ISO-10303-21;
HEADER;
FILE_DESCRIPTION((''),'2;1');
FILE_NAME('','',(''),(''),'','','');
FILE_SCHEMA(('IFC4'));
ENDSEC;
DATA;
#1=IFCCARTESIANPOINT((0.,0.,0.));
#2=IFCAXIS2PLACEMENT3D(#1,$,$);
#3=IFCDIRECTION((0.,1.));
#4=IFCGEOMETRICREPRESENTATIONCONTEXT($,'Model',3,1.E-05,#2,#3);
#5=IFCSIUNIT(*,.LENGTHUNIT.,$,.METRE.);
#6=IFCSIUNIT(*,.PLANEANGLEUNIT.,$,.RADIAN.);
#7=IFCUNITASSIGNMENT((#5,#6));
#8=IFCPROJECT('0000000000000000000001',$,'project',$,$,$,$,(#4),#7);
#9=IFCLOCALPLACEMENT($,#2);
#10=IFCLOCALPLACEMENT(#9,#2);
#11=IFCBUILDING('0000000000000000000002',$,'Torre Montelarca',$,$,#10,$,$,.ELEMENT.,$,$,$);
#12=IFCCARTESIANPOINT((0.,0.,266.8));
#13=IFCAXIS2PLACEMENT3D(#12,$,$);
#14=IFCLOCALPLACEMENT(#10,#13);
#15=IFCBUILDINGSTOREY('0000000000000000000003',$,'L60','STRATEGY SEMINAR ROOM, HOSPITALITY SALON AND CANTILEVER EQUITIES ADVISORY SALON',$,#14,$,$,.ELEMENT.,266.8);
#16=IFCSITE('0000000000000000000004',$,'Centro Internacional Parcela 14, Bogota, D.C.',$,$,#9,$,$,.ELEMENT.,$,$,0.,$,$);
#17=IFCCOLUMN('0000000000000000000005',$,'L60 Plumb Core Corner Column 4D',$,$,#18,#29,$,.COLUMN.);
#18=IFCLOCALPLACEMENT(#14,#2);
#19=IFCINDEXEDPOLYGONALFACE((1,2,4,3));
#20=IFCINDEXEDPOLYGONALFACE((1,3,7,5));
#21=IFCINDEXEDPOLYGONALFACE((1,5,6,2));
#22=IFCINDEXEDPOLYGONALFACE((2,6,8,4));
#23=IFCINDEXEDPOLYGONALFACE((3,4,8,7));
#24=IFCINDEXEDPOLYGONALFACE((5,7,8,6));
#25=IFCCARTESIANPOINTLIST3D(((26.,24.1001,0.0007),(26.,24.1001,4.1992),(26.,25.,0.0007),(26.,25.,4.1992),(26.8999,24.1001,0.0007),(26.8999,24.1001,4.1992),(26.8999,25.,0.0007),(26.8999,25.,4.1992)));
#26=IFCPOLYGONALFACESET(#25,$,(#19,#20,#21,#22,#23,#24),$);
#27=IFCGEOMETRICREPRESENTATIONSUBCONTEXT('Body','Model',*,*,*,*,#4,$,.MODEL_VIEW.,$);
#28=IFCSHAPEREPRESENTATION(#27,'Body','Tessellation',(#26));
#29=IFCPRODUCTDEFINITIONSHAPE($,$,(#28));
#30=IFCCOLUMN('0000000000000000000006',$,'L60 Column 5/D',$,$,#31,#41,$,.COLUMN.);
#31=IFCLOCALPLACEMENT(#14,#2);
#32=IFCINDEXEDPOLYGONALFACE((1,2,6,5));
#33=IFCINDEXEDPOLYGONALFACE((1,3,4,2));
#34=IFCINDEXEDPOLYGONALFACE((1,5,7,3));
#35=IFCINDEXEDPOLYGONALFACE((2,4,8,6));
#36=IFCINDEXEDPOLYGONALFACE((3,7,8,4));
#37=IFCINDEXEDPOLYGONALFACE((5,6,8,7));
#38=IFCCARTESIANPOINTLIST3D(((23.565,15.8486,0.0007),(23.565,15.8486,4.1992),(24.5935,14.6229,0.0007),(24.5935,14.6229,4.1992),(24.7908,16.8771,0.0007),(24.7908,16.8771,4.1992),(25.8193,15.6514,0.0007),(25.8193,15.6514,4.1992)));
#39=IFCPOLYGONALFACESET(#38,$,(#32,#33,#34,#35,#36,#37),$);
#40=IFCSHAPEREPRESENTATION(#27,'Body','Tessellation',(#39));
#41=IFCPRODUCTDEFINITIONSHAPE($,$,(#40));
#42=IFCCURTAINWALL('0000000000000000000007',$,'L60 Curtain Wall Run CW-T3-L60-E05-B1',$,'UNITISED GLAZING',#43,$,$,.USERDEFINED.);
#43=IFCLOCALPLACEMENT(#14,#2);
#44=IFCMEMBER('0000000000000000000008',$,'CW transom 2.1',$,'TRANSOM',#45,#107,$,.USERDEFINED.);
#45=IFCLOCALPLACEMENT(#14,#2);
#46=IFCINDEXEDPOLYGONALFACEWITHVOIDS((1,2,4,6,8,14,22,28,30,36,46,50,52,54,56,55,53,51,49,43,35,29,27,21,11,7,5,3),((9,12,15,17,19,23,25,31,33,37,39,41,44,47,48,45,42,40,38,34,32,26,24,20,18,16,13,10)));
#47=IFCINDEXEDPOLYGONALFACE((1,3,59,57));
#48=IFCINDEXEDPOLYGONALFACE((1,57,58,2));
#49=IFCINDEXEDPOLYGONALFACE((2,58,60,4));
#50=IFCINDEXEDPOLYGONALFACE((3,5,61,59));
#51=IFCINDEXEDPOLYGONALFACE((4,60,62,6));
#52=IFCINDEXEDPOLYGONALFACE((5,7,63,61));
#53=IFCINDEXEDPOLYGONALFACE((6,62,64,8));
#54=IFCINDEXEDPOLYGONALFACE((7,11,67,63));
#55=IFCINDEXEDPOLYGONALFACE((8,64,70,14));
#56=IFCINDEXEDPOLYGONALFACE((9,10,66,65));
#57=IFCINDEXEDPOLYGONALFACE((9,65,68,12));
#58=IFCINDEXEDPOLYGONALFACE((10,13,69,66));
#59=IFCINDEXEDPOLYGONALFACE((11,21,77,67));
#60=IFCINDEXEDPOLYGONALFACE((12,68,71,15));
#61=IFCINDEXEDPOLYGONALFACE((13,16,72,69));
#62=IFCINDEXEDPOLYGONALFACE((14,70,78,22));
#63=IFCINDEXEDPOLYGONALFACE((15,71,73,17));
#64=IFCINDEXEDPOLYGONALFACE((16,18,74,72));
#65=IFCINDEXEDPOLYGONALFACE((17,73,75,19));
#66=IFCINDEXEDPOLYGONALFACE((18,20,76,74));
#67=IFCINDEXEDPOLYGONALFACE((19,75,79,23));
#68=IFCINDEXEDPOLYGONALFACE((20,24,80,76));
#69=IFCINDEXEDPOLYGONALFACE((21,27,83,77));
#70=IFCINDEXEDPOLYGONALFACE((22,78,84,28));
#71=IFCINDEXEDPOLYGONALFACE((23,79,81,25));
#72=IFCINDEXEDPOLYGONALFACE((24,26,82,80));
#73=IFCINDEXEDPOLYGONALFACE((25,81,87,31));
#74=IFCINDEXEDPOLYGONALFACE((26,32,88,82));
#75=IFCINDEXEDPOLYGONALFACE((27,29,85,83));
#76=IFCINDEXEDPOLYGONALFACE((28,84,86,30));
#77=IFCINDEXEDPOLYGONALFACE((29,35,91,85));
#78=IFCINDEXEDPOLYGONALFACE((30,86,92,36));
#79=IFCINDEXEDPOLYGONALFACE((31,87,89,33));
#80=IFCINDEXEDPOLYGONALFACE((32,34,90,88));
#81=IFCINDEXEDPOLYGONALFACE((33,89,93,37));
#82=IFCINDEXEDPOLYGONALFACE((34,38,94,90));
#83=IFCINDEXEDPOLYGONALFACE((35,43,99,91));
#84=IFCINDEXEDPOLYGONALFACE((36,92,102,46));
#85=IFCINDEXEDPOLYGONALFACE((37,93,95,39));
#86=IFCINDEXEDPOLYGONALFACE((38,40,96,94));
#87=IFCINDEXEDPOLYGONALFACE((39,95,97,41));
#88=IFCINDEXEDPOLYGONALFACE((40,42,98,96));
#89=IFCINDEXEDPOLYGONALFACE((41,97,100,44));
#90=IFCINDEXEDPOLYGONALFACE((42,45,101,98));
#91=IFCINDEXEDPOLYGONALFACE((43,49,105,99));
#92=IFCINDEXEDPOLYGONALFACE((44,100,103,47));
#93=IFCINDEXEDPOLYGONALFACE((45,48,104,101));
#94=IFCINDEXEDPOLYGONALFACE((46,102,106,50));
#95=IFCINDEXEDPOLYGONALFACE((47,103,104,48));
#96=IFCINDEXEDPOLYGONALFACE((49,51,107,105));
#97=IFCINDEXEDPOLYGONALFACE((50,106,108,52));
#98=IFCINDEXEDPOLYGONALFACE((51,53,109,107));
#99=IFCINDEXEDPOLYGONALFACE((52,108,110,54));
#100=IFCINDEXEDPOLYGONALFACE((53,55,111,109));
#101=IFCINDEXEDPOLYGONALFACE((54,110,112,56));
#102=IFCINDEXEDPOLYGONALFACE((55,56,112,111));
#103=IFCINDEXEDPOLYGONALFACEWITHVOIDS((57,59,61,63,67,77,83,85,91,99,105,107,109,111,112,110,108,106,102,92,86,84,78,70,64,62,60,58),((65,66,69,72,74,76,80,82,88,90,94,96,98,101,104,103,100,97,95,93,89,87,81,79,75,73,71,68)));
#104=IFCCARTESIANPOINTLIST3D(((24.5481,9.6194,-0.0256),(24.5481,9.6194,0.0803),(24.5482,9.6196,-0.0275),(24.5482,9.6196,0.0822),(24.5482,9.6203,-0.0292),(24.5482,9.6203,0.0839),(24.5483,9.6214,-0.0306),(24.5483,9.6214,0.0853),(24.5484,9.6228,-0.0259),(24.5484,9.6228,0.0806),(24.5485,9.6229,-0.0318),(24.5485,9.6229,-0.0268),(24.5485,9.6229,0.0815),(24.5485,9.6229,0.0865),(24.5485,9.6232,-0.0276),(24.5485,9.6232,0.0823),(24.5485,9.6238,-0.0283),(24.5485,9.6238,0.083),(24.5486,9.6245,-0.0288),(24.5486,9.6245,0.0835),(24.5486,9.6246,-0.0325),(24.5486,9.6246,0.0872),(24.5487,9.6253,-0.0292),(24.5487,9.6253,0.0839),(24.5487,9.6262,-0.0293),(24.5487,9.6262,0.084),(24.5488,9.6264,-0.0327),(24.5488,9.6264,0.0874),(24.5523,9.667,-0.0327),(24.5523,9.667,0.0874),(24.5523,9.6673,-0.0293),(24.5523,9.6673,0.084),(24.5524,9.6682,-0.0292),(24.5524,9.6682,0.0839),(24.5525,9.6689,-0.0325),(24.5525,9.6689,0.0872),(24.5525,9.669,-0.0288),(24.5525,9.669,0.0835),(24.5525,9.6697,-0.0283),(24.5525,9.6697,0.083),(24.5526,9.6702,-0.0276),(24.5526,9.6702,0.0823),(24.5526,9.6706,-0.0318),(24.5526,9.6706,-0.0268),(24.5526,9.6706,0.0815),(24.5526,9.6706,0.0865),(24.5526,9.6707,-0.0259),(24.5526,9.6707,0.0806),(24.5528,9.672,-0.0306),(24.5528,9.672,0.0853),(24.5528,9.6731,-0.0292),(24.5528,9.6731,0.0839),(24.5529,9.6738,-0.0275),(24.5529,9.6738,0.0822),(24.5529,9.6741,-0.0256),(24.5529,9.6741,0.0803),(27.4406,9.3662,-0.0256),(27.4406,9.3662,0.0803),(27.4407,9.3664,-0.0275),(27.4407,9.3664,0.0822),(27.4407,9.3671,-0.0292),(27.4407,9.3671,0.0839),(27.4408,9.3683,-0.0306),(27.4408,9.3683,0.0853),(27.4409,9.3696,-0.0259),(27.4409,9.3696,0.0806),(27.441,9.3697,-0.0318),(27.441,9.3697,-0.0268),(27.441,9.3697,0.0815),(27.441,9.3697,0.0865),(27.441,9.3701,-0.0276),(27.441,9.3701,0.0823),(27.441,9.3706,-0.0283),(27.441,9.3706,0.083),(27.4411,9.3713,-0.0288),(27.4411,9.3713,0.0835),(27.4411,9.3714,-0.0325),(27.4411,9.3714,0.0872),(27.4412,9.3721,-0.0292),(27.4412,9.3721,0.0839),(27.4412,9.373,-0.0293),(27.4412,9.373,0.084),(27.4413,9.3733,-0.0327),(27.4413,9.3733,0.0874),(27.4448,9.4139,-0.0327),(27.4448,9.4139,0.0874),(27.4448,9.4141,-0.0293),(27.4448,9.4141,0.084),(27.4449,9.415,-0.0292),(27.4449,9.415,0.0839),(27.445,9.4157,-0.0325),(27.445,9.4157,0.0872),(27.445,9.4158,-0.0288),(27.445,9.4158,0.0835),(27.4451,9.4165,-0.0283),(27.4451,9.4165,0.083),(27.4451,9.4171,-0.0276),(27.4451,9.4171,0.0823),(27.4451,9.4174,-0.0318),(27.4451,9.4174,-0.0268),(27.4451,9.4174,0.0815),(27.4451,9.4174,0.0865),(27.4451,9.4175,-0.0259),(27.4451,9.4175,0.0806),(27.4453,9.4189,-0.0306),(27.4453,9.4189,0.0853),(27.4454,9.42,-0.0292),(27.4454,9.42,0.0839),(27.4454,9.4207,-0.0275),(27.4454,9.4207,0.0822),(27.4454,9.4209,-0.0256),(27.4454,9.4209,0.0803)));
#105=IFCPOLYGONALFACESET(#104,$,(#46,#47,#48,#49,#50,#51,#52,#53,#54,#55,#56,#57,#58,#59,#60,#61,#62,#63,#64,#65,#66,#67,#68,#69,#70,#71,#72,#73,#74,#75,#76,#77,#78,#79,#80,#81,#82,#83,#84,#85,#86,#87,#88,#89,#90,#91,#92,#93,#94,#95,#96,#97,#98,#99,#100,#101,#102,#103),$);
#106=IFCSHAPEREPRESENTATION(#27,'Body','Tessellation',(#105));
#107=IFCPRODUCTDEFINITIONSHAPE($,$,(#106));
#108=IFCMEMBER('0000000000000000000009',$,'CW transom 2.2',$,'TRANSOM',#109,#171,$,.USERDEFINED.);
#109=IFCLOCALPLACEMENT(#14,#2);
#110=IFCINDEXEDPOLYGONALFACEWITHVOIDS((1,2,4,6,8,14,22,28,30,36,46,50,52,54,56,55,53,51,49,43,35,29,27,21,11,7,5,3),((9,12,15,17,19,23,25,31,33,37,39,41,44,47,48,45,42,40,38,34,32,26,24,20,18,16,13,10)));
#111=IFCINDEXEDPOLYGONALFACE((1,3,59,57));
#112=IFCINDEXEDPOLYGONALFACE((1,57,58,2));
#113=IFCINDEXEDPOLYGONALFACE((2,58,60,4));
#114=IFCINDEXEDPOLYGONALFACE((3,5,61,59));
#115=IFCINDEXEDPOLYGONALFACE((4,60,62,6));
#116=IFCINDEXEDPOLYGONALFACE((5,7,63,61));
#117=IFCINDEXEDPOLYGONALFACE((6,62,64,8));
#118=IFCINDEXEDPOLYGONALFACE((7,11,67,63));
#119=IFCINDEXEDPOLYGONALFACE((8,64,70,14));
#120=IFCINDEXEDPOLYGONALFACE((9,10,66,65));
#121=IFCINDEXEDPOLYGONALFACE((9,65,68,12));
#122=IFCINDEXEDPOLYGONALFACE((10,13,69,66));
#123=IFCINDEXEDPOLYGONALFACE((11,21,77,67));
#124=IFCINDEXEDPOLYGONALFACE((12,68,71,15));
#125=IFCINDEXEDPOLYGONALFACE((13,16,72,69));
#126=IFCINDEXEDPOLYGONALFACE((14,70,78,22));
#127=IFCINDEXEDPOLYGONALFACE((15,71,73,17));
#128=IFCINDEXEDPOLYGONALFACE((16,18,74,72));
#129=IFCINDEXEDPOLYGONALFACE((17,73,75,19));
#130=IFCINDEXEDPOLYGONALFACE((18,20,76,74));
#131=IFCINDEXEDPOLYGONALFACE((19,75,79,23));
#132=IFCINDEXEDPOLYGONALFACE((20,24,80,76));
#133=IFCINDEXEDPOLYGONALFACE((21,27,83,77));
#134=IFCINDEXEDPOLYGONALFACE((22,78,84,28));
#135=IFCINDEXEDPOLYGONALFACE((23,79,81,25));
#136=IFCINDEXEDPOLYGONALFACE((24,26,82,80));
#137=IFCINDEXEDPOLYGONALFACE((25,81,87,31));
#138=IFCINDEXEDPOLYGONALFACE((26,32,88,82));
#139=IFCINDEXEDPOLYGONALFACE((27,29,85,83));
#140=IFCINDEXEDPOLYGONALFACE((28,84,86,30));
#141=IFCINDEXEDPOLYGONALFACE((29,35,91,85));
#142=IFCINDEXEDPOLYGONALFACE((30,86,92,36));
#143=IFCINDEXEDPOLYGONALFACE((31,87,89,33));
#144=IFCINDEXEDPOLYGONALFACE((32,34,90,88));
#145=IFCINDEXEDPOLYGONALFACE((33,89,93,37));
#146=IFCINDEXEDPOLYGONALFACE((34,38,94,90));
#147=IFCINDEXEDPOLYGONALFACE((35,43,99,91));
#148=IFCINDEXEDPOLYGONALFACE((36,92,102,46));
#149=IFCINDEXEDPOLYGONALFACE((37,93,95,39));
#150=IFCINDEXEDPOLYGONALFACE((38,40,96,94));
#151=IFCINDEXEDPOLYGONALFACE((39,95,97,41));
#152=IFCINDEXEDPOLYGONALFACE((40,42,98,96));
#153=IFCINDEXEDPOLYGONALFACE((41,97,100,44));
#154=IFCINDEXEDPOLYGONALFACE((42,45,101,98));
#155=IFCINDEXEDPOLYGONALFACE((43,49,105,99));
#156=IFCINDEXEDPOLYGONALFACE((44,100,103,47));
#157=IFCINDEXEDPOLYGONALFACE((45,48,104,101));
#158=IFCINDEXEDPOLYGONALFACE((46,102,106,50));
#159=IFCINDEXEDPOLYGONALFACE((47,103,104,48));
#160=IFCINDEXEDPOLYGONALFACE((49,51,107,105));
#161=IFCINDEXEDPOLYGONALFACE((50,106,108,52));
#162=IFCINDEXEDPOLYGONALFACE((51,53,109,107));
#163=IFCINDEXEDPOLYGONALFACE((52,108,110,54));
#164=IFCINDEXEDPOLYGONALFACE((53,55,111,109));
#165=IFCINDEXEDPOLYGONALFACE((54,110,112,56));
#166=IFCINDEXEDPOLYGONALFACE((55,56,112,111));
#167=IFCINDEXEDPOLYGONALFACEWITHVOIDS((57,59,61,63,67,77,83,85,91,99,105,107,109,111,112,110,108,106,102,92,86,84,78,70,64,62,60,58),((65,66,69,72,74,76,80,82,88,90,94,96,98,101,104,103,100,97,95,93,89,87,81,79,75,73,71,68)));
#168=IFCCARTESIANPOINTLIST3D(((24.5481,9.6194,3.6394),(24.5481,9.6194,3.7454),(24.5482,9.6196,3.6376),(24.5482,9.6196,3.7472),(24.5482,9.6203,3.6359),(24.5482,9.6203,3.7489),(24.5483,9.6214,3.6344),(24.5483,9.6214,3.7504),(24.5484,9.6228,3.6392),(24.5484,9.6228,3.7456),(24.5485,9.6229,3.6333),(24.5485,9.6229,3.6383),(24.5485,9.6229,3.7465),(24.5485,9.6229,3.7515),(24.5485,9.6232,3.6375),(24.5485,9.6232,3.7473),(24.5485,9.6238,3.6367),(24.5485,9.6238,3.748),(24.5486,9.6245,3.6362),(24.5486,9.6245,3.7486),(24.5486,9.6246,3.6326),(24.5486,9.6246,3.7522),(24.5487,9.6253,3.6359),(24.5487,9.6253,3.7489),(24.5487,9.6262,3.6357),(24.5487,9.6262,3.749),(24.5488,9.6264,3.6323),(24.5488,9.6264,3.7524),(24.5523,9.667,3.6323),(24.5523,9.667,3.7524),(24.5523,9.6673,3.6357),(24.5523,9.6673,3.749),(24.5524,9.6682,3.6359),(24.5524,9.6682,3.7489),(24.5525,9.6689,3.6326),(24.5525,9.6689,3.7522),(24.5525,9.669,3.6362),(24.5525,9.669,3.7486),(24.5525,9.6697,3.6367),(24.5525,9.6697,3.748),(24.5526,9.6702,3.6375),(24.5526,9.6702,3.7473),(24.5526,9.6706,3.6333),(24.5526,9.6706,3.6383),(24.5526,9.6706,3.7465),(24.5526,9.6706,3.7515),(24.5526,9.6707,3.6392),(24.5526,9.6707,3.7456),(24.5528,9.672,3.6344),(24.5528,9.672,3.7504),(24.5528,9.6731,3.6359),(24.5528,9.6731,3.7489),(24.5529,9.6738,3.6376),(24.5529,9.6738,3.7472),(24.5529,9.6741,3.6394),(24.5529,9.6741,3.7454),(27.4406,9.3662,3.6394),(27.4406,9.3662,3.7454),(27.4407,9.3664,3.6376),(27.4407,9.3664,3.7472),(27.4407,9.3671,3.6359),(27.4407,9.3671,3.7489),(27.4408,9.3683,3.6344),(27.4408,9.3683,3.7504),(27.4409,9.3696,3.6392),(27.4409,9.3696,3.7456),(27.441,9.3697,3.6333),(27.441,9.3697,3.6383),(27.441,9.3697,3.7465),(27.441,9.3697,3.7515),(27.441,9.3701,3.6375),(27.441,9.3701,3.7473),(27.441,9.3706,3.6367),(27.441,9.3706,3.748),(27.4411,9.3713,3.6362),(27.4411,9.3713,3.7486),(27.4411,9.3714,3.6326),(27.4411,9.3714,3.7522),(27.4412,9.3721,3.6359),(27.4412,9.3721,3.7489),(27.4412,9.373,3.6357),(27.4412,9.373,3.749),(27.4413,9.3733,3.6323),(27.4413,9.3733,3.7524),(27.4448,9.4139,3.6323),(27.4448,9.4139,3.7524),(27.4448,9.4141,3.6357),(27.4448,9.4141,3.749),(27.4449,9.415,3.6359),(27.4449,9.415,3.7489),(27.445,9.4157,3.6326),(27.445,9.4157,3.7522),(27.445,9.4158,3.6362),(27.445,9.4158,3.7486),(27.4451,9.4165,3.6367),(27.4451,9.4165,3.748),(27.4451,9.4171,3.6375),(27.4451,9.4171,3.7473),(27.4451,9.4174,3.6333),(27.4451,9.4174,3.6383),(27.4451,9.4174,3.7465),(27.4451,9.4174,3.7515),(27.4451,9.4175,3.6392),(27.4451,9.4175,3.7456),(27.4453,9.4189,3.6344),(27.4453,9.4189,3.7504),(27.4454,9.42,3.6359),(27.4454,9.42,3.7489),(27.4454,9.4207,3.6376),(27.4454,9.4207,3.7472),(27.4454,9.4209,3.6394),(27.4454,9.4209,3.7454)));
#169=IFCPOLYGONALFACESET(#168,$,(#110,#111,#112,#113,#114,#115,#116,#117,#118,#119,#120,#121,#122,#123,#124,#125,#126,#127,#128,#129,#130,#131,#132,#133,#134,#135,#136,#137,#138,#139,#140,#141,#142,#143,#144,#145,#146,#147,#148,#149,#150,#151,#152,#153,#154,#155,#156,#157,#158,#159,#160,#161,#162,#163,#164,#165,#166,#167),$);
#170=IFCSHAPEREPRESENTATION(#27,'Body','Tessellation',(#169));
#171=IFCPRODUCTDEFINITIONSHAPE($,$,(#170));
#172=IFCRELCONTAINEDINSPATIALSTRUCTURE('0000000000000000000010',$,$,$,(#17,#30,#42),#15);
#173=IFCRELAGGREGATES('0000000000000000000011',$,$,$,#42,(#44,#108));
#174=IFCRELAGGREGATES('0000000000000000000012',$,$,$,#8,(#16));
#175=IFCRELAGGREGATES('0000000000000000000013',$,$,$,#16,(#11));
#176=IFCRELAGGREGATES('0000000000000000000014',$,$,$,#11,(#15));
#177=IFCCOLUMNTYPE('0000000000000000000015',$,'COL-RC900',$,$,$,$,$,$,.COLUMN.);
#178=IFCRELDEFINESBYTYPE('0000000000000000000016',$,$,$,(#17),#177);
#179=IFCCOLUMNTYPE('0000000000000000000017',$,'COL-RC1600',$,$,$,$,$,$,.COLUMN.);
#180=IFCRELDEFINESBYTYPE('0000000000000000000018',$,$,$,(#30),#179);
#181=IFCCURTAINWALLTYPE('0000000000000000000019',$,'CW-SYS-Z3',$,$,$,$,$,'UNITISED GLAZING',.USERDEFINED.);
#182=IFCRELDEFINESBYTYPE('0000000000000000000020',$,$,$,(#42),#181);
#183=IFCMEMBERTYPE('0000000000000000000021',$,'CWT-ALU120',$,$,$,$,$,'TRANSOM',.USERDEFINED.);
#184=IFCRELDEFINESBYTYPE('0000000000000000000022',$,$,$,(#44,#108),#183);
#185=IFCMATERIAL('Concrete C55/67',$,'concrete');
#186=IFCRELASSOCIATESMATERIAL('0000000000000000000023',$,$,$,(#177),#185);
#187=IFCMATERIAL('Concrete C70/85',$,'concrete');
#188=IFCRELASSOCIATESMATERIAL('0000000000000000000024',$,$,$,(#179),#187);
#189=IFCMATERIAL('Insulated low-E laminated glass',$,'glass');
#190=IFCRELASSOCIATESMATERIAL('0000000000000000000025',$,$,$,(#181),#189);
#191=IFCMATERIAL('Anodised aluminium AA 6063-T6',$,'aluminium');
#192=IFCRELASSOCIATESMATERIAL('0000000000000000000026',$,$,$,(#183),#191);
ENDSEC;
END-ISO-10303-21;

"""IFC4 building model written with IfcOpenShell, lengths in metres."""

from ifc_helpers import new_model, si_unit, direction, frame, origin, origin_2d, place, context, subcontext, project, spatial, rectangle, hollow_rectangle, extrude, source, transform, mapped, material, material_profile, profile_set, type_object, element, aggregate, save


model = new_model("IFC4")

# Units and contexts
model_context = context("Model", 3, precision=1e-05, world=origin(), true_north=direction((0.0, 1.0)))
body_context = subcontext(model_context, "Body", "Model", "MODEL_VIEW")
ifc_project = project(units=[si_unit("LENGTHUNIT", "METRE"), si_unit("PLANEANGLEUNIT", "RADIAN")], contexts=[model_context])

# Site, building, storey
site_placement = place(None, origin())
site = spatial("IfcSite", under=ifc_project, at=site_placement, Name="Centro Internacional Parcela 14, Bogota, D.C.", CompositionType="ELEMENT", RefElevation=0.0)
building_placement = place(site_placement, origin())
building = spatial("IfcBuilding", under=site, at=building_placement, Name="Torre Montelarca", CompositionType="ELEMENT")
storey_placement = place(building_placement, frame((0.0, 0.0, 266.8)))
storey = spatial("IfcBuildingStorey", under=building, at=storey_placement, Name="L60", Description="STRATEGY SEMINAR ROOM, HOSPITALITY SALON AND CANTILEVER EQUITIES ADVISORY SALON", CompositionType="ELEMENT", Elevation=266.8)

# Columns
ifc_material_1 = material(Name="Concrete C55/67", Category="concrete")
ifc_material_profile_1 = material_profile(ifc_material_1, rectangle(XDim=0.8999, YDim=0.8999, at=origin_2d()), Name="RC900X900", Category="concrete")
ifc_profile_set_1 = profile_set([ifc_material_profile_1], Name="Concrete C55/67")
column_type_1 = type_object("IfcColumnType", Name="COL-RC900", PredefinedType="COLUMN", material=ifc_profile_set_1)
shared_shape_1 = source(origin(), body_context, "Body", "SweptSolid", [
    extrude(rectangle(XDim=0.8999, YDim=0.8999, at=origin_2d()), origin(), (0.0, 0.0, 1.0), 4.1985),
])
column_1_placement = place(storey_placement, frame((26.45, 24.55, 0.0007), z_axis=(0.0, 0.0, 1.0), x_axis=(1.0, 0.0, 0.0)))
element("IfcColumn", 1, at=column_1_placement, inside=storey, type_object=column_type_1, Name="L60 Plumb Core Corner Column 4D", PredefinedType="COLUMN", context=body_context, shape_type="MappedRepresentation", body=[
    mapped(shared_shape_1, transform((0.0, 0.0, 0.0), scale=1.0)),
])
ifc_material_2 = material(Name="Concrete C70/85", Category="concrete")
ifc_material_profile_2 = material_profile(ifc_material_2, rectangle(XDim=1.6001, YDim=1.6001, at=origin_2d()), Name="RC1600X1600", Category="concrete")
ifc_profile_set_2 = profile_set([ifc_material_profile_2], Name="Concrete C70/85")
column_type_2 = type_object("IfcColumnType", Name="COL-RC1600", PredefinedType="COLUMN", material=ifc_profile_set_2)
shared_shape_2 = source(origin(), body_context, "Body", "SweptSolid", [
    extrude(rectangle(XDim=1.6001, YDim=1.6001, at=origin_2d()), origin(), (0.0, 0.0, 1.0), 4.1985),
])
column_2_placement = place(storey_placement, frame((24.6921, 15.75, 0.0007), z_axis=(0.0, 0.0, 1.0), x_axis=(-0.642788, 0.766044, 0.0)))
element("IfcColumn", 2, at=column_2_placement, inside=storey, type_object=column_type_2, Name="L60 Column 5/D", PredefinedType="COLUMN", context=body_context, shape_type="MappedRepresentation", body=[
    mapped(shared_shape_2, transform((0.0, 0.0, 0.0), scale=1.0)),
])

# Curtain wall, members
ifc_material_3 = material(Name="Insulated low-E laminated glass", Category="glass")
curtain_wall_type = type_object("IfcCurtainWallType", Name="CW-SYS-Z3", ElementType="UNITISED GLAZING", PredefinedType="USERDEFINED", material=ifc_material_3)
curtain_wall_placement = place(storey_placement, origin())
curtain_wall = element("IfcCurtainWall", 3, at=curtain_wall_placement, inside=storey, type_object=curtain_wall_type, Name="L60 Curtain Wall Run CW-T3-L60-E05-B1", ObjectType="UNITISED GLAZING", PredefinedType="USERDEFINED")
ifc_material_4 = material(Name="Anodised aluminium AA 6063-T6", Category="aluminium")
ifc_material_profile_3 = material_profile(ifc_material_4, hollow_rectangle(XDim=0.0549, YDim=0.1201, WallThickness=0.0034, InnerFilletRadius=0.0034, OuterFilletRadius=0.0071, at=origin_2d()), Name="ALU55X120X3.5", Category="aluminium")
ifc_profile_set_3 = profile_set([ifc_material_profile_3], Name="Anodised aluminium AA 6063-T6")
member_type_1 = type_object("IfcMemberType", Name="CWT-ALU120", ElementType="TRANSOM", PredefinedType="USERDEFINED", material=ifc_profile_set_3)
shared_shape_3 = source(origin(), body_context, "Body", "SweptSolid", [
    extrude(hollow_rectangle(XDim=0.0549, YDim=0.1201, WallThickness=0.0034, InnerFilletRadius=0.0034, OuterFilletRadius=0.0071, at=origin_2d()), origin(), (0.0, 0.0, 1.0), 2.9036),
])
member_1_placement = place(storey_placement, frame((24.5505, 9.6467, 0.0273), z_axis=(0.996192, -0.087192, 0.0), x_axis=(0.087192, 0.996192, 0.0)))
member_1 = element("IfcMember", 4, at=member_1_placement, type_object=member_type_1, Name="CW transom 2.1", ObjectType="TRANSOM", PredefinedType="USERDEFINED", context=body_context, shape_type="MappedRepresentation", body=[
    mapped(shared_shape_3, transform((0.0, 0.0, 0.0), scale=1.0)),
])
member_2_placement = place(storey_placement, frame((24.5505, 9.6467, 3.6924), z_axis=(0.996192, -0.087192, 0.0), x_axis=(0.087192, 0.996192, 0.0)))
member_2 = element("IfcMember", 5, at=member_2_placement, type_object=member_type_1, Name="CW transom 2.2", ObjectType="TRANSOM", PredefinedType="USERDEFINED", context=body_context, shape_type="MappedRepresentation", body=[
    mapped(shared_shape_3, transform((0.0, 0.0, 0.0), scale=1.0)),
])
aggregate(curtain_wall, [member_1, member_2])

save(model, "model.ifc")
